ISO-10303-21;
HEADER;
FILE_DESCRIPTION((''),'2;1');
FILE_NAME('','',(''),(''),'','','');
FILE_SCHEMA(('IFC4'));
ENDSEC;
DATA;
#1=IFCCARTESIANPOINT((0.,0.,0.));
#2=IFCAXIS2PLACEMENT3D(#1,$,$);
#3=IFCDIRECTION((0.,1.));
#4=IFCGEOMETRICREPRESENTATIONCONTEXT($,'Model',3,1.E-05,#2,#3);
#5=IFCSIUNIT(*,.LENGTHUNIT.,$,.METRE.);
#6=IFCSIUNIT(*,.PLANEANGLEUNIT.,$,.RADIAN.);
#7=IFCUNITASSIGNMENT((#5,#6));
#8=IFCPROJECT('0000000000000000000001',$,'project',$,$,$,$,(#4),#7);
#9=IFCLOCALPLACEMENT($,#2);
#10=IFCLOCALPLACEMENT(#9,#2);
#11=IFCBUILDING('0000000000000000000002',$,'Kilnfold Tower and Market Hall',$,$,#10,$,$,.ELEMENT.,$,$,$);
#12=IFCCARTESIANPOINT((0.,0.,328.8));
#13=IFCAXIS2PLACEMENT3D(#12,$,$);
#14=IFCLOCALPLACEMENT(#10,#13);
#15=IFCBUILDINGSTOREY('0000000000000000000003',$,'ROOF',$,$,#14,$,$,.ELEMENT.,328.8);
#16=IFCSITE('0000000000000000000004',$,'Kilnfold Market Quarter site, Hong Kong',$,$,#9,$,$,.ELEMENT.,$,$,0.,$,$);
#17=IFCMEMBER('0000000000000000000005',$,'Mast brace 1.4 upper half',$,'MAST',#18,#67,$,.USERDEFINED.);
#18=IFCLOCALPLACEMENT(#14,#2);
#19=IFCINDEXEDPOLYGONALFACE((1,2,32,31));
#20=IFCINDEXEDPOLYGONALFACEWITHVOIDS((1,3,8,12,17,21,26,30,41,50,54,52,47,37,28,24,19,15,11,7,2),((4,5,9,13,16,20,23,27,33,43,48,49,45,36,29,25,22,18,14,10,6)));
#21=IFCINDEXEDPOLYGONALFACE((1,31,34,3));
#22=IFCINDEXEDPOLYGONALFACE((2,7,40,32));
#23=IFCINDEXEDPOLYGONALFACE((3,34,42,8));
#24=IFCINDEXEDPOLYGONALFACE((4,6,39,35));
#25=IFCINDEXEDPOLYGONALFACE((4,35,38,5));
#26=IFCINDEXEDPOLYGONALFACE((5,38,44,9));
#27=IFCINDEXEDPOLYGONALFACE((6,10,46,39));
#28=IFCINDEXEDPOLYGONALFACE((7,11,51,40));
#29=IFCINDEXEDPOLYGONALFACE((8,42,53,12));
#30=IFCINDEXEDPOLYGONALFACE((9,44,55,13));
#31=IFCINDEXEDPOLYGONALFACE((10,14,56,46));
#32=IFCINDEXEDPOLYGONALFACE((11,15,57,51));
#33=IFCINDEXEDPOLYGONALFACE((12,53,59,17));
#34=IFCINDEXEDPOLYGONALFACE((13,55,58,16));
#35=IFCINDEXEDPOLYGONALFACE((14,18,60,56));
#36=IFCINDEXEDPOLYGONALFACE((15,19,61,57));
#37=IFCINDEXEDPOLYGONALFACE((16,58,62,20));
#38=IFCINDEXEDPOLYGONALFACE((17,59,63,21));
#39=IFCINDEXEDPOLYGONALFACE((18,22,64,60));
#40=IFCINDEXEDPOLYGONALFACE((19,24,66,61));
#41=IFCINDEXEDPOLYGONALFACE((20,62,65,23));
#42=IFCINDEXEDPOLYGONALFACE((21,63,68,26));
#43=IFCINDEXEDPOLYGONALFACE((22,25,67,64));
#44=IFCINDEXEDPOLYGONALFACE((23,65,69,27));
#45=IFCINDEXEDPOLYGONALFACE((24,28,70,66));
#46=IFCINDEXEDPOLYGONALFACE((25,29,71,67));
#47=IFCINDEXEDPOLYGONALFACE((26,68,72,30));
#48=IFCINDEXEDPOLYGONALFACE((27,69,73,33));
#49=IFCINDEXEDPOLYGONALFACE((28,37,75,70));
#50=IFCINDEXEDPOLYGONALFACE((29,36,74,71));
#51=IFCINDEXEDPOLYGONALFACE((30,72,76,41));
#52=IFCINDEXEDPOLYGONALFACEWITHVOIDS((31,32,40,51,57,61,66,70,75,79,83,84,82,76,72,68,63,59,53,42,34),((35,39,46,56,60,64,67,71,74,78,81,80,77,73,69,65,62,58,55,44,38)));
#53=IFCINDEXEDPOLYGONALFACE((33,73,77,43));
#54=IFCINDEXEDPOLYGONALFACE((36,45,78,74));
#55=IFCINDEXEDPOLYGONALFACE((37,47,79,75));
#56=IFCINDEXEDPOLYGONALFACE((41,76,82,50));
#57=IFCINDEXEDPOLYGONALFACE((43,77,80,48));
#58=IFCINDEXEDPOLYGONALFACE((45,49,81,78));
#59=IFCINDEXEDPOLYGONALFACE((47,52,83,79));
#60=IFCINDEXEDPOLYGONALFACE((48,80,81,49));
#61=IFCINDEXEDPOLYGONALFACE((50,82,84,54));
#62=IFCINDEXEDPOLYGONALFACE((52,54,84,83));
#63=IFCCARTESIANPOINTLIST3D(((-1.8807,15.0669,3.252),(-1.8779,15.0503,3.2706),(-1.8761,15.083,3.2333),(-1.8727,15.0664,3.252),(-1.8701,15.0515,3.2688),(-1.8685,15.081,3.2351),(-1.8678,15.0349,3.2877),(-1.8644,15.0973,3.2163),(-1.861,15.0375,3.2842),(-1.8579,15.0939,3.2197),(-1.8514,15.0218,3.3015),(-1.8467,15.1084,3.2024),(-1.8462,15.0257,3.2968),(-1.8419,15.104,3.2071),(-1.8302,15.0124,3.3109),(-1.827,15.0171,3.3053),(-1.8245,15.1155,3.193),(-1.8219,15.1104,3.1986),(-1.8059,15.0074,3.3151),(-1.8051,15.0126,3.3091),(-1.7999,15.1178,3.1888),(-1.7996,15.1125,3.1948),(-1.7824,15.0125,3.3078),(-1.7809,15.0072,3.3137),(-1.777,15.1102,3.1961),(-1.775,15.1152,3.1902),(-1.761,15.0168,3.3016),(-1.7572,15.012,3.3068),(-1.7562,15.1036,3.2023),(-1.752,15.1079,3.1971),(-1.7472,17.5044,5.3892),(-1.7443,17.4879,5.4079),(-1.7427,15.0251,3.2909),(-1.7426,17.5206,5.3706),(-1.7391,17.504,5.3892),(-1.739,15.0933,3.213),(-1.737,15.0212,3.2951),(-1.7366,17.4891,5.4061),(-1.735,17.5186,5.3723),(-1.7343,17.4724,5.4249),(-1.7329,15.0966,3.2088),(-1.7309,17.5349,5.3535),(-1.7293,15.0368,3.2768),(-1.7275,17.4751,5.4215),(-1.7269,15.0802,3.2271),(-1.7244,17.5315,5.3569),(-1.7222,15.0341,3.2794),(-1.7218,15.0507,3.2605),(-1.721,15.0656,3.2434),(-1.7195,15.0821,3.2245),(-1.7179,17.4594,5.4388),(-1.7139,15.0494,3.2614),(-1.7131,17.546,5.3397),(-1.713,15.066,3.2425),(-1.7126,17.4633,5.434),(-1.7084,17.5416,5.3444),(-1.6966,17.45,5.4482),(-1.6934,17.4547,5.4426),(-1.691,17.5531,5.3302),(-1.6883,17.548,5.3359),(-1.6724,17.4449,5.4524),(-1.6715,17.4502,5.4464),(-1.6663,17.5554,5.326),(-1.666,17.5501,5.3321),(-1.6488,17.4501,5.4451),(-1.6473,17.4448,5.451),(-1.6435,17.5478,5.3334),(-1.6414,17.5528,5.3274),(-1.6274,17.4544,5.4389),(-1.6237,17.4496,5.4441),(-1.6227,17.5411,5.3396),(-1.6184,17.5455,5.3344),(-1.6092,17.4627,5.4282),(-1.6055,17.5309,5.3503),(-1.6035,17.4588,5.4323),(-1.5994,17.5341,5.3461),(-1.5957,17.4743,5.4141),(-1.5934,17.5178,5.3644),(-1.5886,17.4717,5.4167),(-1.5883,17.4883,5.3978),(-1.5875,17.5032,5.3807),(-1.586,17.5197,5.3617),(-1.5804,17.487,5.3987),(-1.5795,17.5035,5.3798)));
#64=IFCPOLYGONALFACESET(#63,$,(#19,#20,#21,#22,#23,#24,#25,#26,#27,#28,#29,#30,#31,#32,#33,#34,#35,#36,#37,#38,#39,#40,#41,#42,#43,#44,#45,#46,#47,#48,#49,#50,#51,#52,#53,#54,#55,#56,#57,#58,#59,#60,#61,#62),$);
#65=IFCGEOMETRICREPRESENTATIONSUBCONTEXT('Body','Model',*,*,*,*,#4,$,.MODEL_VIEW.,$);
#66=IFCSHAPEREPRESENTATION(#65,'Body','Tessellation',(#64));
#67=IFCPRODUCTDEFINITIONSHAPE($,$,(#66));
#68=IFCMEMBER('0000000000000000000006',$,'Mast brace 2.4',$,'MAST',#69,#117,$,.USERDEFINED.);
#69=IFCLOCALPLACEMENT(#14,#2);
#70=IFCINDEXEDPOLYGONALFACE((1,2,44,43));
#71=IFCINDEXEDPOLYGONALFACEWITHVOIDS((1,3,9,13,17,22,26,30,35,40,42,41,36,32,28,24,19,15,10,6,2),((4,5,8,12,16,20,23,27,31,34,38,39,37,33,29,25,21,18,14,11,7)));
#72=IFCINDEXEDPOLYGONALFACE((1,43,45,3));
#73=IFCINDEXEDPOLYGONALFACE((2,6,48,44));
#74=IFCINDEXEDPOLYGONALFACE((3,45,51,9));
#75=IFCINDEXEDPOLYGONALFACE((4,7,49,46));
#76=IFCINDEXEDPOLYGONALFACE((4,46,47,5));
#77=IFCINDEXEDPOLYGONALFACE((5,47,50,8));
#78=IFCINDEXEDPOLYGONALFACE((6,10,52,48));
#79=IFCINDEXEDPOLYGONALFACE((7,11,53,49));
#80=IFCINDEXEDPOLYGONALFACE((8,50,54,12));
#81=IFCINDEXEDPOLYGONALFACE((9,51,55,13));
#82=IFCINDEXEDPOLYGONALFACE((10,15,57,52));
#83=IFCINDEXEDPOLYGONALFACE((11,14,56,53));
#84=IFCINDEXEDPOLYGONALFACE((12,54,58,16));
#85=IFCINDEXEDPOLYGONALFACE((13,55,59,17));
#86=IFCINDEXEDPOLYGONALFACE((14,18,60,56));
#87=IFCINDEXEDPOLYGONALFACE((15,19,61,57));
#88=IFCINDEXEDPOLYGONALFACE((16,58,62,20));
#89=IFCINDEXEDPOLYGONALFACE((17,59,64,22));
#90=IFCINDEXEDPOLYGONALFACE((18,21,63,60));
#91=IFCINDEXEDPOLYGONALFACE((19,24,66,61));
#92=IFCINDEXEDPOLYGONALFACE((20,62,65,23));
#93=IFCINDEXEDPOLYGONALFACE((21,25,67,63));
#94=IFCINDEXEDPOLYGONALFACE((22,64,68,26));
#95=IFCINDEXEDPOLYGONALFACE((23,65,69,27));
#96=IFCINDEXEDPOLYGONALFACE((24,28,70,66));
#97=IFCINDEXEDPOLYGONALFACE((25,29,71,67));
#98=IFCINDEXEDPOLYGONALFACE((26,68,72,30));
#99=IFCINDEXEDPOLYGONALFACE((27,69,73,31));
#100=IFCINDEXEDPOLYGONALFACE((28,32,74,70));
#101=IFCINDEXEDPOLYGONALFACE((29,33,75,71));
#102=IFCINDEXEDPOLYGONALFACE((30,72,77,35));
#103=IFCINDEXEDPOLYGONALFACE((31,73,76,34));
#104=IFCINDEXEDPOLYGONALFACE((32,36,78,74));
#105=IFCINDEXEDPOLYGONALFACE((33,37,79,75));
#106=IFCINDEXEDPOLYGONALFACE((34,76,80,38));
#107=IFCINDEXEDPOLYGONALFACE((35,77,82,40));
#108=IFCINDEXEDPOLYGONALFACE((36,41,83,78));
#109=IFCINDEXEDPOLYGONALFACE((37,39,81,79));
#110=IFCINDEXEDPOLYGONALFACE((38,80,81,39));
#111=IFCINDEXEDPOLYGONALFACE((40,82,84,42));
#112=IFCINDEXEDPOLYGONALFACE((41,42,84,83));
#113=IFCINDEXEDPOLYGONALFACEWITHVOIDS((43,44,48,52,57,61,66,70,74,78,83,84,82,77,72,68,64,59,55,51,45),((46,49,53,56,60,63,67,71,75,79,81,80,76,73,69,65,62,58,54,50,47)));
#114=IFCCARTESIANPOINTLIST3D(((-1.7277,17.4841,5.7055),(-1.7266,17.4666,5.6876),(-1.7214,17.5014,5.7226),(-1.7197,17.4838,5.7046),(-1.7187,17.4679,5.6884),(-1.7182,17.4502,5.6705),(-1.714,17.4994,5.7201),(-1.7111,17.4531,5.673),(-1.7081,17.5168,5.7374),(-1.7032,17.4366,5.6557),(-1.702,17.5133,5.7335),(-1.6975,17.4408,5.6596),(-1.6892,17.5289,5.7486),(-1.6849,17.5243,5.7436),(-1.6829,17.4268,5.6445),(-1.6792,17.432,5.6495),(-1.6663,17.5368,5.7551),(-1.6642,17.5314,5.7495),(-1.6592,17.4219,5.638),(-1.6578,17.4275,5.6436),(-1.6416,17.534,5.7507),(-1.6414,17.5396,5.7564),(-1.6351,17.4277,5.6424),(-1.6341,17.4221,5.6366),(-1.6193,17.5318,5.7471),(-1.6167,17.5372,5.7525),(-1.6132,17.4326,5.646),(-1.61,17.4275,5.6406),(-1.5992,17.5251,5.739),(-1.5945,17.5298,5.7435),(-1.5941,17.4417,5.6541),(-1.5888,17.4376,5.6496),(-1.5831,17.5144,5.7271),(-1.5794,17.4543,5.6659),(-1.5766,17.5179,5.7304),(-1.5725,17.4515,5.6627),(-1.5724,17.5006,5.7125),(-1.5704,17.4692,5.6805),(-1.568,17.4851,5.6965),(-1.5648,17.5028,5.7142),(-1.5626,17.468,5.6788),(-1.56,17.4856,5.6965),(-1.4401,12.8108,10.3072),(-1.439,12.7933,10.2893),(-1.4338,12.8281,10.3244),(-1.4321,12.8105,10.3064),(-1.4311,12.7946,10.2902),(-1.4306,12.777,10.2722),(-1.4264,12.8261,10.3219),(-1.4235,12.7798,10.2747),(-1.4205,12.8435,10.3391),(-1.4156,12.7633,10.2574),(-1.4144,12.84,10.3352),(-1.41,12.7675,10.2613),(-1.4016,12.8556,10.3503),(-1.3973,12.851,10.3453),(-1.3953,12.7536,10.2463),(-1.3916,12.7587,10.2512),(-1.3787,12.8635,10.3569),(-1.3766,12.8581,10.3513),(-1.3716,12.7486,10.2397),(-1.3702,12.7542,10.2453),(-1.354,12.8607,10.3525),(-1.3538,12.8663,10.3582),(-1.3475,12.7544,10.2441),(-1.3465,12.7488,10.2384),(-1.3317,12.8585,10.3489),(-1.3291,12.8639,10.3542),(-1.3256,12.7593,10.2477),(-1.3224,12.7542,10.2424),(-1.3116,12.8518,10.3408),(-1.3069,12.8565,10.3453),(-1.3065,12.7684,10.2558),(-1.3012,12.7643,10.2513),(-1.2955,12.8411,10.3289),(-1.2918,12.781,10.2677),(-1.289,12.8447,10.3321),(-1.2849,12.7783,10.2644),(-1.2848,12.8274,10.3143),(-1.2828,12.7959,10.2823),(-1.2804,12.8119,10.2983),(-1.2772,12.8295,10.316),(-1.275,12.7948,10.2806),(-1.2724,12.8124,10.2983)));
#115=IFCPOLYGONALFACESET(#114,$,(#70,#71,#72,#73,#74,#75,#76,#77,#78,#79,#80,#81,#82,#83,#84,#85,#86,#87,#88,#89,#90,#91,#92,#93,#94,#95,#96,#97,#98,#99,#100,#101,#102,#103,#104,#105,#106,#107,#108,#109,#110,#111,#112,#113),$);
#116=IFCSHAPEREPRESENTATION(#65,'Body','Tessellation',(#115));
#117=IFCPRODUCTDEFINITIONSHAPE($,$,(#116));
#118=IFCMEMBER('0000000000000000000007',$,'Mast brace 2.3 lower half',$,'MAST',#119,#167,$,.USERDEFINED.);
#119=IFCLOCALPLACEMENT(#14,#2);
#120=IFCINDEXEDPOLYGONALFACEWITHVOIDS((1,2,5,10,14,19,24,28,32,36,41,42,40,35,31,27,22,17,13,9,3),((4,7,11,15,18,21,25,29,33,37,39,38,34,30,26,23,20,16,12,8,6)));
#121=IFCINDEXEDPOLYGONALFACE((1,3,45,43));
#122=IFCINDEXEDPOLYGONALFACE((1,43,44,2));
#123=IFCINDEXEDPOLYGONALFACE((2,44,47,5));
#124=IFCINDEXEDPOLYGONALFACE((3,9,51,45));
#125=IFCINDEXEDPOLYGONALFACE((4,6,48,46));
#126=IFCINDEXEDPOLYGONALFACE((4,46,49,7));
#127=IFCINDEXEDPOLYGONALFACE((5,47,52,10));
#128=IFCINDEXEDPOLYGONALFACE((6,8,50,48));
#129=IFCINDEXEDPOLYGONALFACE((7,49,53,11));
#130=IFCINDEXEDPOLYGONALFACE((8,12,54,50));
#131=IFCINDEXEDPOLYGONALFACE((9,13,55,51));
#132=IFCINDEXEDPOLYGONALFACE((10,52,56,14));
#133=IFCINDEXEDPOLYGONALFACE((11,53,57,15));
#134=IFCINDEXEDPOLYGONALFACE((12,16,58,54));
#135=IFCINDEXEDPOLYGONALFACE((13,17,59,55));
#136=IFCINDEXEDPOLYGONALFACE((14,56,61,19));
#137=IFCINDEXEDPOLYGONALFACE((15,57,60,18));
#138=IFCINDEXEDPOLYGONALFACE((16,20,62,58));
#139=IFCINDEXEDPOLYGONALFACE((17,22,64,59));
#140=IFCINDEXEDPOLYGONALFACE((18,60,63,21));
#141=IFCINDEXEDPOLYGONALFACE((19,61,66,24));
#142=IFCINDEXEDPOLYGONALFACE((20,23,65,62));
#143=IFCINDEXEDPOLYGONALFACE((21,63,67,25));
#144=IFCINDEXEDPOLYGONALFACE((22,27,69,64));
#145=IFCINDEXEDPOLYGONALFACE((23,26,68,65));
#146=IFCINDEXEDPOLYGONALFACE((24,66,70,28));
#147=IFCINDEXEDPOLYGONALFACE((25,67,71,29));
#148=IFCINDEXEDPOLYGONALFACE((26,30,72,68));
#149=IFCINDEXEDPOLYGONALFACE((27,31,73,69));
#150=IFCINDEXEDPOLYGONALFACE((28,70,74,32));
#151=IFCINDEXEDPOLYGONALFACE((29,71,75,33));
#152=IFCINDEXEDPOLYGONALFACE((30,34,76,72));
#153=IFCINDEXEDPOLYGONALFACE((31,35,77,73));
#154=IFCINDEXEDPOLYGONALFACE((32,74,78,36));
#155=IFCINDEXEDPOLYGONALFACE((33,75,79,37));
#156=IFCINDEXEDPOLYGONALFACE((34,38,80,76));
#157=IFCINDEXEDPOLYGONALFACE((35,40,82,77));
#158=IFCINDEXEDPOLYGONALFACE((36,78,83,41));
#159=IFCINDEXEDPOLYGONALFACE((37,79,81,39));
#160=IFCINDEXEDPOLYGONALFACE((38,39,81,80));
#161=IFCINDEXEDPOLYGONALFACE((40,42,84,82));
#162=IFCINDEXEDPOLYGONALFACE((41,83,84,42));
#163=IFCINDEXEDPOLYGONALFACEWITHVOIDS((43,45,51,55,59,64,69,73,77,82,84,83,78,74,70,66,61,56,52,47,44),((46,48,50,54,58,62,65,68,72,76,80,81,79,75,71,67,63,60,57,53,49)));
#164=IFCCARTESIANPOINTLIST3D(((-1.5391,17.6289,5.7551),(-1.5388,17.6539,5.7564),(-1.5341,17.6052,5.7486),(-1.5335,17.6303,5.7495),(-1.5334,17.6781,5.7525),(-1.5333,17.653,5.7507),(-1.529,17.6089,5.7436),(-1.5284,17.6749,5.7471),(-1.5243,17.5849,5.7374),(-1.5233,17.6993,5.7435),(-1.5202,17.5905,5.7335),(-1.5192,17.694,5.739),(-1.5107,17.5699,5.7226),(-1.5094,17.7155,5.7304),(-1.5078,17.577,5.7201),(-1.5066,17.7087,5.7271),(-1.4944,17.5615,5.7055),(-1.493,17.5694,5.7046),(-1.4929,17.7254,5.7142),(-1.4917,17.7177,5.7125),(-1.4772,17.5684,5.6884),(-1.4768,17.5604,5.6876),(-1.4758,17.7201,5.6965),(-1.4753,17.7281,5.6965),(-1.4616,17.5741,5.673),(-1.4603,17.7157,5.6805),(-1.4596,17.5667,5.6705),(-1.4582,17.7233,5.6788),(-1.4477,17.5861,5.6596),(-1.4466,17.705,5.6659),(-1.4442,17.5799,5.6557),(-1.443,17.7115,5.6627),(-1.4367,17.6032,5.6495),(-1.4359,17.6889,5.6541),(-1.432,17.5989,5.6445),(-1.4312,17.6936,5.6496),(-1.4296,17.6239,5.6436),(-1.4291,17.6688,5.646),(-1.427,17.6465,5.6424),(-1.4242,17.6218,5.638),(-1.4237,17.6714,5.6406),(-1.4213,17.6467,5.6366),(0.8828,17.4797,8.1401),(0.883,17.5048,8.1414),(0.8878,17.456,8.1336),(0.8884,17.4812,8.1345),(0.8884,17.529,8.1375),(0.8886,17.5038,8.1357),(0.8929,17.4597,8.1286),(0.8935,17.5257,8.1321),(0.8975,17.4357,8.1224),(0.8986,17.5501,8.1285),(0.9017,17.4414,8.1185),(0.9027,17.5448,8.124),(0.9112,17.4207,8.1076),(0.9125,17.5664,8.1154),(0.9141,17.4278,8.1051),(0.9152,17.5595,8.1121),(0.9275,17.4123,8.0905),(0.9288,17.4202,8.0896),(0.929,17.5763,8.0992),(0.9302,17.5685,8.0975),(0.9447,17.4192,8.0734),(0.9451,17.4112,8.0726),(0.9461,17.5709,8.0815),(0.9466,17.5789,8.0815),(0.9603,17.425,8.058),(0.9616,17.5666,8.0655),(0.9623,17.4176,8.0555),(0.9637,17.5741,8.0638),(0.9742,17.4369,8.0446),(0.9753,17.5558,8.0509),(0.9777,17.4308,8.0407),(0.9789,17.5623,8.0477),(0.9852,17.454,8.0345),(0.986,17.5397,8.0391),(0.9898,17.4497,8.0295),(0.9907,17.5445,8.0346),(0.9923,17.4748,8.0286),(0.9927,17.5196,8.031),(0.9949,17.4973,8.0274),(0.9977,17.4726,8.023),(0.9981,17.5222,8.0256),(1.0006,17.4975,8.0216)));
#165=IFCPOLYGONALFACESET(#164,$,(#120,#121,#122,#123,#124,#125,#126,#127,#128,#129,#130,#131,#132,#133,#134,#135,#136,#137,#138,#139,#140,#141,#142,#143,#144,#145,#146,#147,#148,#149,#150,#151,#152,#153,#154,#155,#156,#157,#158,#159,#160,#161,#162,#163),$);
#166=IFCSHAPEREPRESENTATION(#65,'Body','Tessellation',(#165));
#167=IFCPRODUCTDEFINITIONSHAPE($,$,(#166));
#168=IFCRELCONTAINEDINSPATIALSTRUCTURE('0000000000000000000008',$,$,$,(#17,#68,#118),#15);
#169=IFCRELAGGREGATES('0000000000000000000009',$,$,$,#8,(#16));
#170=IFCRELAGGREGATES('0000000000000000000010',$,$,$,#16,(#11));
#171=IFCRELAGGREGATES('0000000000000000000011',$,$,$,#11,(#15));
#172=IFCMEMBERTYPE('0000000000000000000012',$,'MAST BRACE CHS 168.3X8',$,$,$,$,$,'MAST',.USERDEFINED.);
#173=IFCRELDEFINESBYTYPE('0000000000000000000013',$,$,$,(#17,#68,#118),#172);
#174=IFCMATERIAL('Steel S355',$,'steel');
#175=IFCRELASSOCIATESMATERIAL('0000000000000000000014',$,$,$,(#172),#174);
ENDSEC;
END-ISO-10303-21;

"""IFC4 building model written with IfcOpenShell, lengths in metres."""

from ifc_helpers import new_model, si_unit, direction, frame, origin, origin_2d, place, context, subcontext, project, spatial, hollow_circle, extrude, source, transform, mapped, material, material_profile, profile_set, type_object, element, save


model = new_model("IFC4")

# Units and contexts
model_context = context("Model", 3, precision=1e-05, world=origin(), true_north=direction((0.0, 1.0)))
body_context = subcontext(model_context, "Body", "Model", "MODEL_VIEW")
ifc_project = project(units=[si_unit("LENGTHUNIT", "METRE"), si_unit("PLANEANGLEUNIT", "RADIAN")], contexts=[model_context])

# Site, building, storey
site_placement = place(None, origin())
site = spatial("IfcSite", under=ifc_project, at=site_placement, Name="Kilnfold Market Quarter site, Hong Kong", CompositionType="ELEMENT", RefElevation=0.0)
building_placement = place(site_placement, origin())
building = spatial("IfcBuilding", under=site, at=building_placement, Name="Kilnfold Tower and Market Hall", CompositionType="ELEMENT")
storey_placement = place(building_placement, frame((0.0, 0.0, 328.8)))
storey = spatial("IfcBuildingStorey", under=building, at=storey_placement, Name="ROOF", CompositionType="ELEMENT", Elevation=328.8)

# Members
ifc_material_1 = material(Name="Steel S355", Category="steel")
ifc_material_profile_1 = material_profile(ifc_material_1, hollow_circle(Radius=0.0842, WallThickness=0.0081, at=origin_2d()), Name="CHS 168.3x8")
ifc_profile_set_1 = profile_set([ifc_material_profile_1], Name="Steel S355")
member_type_1 = type_object("IfcMemberType", Name="MAST BRACE CHS 168.3X8", ElementType="MAST", PredefinedType="USERDEFINED", material=ifc_profile_set_1)
shared_shape_1 = source(origin(), body_context, "Body", "SweptSolid", [
    extrude(hollow_circle(Radius=0.0842, WallThickness=0.0081, at=origin_2d()), origin(), (0.0, 0.0, 1.0), 3.2446),
])
member_1_placement = place(storey_placement, frame((-1.7966, 15.0623, 3.252), z_axis=(0.04116, 0.751267, 0.658713), x_axis=(-0.998503, 0.054706, 0.0)))
element("IfcMember", 1, at=member_1_placement, inside=storey, type_object=member_type_1, Name="Mast brace 1.4 upper half", ObjectType="MAST", PredefinedType="USERDEFINED", context=body_context, shape_type="MappedRepresentation", body=[
    mapped(shared_shape_1, transform((0.0, 0.0, 0.0))),
])
shared_shape_2 = source(origin(), body_context, "Body", "SweptSolid", [
    extrude(hollow_circle(Radius=0.0842, WallThickness=0.0081, at=origin_2d()), origin(), (0.0, 0.0, 1.0), 6.5649),
])
member_2_placement = place(storey_placement, frame((-1.644, 17.4805, 5.6965), z_axis=(0.043808, -0.711855, 0.700959), x_axis=(0.998112, 0.061424, 0.0)))
element("IfcMember", 2, at=member_2_placement, inside=storey, type_object=member_type_1, Name="Mast brace 2.4", ObjectType="MAST", PredefinedType="USERDEFINED", context=body_context, shape_type="MappedRepresentation", body=[
    mapped(shared_shape_2, transform((0.0, 0.0, 0.0))),
])
shared_shape_3 = source(origin(), body_context, "Body", "SweptSolid", [
    extrude(hollow_circle(Radius=0.0842, WallThickness=0.0081, at=origin_2d()), origin(), (0.0, 0.0, 1.0), 3.4023),
])
member_3_placement = place(storey_placement, frame((-1.4805, 17.644, 5.6965), z_axis=(0.711824, -0.043843, 0.700988), x_axis=(0.061476, 0.998109, 0.0)))
element("IfcMember", 3, at=member_3_placement, inside=storey, type_object=member_type_1, Name="Mast brace 2.3 lower half", ObjectType="MAST", PredefinedType="USERDEFINED", context=body_context, shape_type="MappedRepresentation", body=[
    mapped(shared_shape_3, transform((0.0, 0.0, 0.0))),
])

save(model, "model.ifc")
